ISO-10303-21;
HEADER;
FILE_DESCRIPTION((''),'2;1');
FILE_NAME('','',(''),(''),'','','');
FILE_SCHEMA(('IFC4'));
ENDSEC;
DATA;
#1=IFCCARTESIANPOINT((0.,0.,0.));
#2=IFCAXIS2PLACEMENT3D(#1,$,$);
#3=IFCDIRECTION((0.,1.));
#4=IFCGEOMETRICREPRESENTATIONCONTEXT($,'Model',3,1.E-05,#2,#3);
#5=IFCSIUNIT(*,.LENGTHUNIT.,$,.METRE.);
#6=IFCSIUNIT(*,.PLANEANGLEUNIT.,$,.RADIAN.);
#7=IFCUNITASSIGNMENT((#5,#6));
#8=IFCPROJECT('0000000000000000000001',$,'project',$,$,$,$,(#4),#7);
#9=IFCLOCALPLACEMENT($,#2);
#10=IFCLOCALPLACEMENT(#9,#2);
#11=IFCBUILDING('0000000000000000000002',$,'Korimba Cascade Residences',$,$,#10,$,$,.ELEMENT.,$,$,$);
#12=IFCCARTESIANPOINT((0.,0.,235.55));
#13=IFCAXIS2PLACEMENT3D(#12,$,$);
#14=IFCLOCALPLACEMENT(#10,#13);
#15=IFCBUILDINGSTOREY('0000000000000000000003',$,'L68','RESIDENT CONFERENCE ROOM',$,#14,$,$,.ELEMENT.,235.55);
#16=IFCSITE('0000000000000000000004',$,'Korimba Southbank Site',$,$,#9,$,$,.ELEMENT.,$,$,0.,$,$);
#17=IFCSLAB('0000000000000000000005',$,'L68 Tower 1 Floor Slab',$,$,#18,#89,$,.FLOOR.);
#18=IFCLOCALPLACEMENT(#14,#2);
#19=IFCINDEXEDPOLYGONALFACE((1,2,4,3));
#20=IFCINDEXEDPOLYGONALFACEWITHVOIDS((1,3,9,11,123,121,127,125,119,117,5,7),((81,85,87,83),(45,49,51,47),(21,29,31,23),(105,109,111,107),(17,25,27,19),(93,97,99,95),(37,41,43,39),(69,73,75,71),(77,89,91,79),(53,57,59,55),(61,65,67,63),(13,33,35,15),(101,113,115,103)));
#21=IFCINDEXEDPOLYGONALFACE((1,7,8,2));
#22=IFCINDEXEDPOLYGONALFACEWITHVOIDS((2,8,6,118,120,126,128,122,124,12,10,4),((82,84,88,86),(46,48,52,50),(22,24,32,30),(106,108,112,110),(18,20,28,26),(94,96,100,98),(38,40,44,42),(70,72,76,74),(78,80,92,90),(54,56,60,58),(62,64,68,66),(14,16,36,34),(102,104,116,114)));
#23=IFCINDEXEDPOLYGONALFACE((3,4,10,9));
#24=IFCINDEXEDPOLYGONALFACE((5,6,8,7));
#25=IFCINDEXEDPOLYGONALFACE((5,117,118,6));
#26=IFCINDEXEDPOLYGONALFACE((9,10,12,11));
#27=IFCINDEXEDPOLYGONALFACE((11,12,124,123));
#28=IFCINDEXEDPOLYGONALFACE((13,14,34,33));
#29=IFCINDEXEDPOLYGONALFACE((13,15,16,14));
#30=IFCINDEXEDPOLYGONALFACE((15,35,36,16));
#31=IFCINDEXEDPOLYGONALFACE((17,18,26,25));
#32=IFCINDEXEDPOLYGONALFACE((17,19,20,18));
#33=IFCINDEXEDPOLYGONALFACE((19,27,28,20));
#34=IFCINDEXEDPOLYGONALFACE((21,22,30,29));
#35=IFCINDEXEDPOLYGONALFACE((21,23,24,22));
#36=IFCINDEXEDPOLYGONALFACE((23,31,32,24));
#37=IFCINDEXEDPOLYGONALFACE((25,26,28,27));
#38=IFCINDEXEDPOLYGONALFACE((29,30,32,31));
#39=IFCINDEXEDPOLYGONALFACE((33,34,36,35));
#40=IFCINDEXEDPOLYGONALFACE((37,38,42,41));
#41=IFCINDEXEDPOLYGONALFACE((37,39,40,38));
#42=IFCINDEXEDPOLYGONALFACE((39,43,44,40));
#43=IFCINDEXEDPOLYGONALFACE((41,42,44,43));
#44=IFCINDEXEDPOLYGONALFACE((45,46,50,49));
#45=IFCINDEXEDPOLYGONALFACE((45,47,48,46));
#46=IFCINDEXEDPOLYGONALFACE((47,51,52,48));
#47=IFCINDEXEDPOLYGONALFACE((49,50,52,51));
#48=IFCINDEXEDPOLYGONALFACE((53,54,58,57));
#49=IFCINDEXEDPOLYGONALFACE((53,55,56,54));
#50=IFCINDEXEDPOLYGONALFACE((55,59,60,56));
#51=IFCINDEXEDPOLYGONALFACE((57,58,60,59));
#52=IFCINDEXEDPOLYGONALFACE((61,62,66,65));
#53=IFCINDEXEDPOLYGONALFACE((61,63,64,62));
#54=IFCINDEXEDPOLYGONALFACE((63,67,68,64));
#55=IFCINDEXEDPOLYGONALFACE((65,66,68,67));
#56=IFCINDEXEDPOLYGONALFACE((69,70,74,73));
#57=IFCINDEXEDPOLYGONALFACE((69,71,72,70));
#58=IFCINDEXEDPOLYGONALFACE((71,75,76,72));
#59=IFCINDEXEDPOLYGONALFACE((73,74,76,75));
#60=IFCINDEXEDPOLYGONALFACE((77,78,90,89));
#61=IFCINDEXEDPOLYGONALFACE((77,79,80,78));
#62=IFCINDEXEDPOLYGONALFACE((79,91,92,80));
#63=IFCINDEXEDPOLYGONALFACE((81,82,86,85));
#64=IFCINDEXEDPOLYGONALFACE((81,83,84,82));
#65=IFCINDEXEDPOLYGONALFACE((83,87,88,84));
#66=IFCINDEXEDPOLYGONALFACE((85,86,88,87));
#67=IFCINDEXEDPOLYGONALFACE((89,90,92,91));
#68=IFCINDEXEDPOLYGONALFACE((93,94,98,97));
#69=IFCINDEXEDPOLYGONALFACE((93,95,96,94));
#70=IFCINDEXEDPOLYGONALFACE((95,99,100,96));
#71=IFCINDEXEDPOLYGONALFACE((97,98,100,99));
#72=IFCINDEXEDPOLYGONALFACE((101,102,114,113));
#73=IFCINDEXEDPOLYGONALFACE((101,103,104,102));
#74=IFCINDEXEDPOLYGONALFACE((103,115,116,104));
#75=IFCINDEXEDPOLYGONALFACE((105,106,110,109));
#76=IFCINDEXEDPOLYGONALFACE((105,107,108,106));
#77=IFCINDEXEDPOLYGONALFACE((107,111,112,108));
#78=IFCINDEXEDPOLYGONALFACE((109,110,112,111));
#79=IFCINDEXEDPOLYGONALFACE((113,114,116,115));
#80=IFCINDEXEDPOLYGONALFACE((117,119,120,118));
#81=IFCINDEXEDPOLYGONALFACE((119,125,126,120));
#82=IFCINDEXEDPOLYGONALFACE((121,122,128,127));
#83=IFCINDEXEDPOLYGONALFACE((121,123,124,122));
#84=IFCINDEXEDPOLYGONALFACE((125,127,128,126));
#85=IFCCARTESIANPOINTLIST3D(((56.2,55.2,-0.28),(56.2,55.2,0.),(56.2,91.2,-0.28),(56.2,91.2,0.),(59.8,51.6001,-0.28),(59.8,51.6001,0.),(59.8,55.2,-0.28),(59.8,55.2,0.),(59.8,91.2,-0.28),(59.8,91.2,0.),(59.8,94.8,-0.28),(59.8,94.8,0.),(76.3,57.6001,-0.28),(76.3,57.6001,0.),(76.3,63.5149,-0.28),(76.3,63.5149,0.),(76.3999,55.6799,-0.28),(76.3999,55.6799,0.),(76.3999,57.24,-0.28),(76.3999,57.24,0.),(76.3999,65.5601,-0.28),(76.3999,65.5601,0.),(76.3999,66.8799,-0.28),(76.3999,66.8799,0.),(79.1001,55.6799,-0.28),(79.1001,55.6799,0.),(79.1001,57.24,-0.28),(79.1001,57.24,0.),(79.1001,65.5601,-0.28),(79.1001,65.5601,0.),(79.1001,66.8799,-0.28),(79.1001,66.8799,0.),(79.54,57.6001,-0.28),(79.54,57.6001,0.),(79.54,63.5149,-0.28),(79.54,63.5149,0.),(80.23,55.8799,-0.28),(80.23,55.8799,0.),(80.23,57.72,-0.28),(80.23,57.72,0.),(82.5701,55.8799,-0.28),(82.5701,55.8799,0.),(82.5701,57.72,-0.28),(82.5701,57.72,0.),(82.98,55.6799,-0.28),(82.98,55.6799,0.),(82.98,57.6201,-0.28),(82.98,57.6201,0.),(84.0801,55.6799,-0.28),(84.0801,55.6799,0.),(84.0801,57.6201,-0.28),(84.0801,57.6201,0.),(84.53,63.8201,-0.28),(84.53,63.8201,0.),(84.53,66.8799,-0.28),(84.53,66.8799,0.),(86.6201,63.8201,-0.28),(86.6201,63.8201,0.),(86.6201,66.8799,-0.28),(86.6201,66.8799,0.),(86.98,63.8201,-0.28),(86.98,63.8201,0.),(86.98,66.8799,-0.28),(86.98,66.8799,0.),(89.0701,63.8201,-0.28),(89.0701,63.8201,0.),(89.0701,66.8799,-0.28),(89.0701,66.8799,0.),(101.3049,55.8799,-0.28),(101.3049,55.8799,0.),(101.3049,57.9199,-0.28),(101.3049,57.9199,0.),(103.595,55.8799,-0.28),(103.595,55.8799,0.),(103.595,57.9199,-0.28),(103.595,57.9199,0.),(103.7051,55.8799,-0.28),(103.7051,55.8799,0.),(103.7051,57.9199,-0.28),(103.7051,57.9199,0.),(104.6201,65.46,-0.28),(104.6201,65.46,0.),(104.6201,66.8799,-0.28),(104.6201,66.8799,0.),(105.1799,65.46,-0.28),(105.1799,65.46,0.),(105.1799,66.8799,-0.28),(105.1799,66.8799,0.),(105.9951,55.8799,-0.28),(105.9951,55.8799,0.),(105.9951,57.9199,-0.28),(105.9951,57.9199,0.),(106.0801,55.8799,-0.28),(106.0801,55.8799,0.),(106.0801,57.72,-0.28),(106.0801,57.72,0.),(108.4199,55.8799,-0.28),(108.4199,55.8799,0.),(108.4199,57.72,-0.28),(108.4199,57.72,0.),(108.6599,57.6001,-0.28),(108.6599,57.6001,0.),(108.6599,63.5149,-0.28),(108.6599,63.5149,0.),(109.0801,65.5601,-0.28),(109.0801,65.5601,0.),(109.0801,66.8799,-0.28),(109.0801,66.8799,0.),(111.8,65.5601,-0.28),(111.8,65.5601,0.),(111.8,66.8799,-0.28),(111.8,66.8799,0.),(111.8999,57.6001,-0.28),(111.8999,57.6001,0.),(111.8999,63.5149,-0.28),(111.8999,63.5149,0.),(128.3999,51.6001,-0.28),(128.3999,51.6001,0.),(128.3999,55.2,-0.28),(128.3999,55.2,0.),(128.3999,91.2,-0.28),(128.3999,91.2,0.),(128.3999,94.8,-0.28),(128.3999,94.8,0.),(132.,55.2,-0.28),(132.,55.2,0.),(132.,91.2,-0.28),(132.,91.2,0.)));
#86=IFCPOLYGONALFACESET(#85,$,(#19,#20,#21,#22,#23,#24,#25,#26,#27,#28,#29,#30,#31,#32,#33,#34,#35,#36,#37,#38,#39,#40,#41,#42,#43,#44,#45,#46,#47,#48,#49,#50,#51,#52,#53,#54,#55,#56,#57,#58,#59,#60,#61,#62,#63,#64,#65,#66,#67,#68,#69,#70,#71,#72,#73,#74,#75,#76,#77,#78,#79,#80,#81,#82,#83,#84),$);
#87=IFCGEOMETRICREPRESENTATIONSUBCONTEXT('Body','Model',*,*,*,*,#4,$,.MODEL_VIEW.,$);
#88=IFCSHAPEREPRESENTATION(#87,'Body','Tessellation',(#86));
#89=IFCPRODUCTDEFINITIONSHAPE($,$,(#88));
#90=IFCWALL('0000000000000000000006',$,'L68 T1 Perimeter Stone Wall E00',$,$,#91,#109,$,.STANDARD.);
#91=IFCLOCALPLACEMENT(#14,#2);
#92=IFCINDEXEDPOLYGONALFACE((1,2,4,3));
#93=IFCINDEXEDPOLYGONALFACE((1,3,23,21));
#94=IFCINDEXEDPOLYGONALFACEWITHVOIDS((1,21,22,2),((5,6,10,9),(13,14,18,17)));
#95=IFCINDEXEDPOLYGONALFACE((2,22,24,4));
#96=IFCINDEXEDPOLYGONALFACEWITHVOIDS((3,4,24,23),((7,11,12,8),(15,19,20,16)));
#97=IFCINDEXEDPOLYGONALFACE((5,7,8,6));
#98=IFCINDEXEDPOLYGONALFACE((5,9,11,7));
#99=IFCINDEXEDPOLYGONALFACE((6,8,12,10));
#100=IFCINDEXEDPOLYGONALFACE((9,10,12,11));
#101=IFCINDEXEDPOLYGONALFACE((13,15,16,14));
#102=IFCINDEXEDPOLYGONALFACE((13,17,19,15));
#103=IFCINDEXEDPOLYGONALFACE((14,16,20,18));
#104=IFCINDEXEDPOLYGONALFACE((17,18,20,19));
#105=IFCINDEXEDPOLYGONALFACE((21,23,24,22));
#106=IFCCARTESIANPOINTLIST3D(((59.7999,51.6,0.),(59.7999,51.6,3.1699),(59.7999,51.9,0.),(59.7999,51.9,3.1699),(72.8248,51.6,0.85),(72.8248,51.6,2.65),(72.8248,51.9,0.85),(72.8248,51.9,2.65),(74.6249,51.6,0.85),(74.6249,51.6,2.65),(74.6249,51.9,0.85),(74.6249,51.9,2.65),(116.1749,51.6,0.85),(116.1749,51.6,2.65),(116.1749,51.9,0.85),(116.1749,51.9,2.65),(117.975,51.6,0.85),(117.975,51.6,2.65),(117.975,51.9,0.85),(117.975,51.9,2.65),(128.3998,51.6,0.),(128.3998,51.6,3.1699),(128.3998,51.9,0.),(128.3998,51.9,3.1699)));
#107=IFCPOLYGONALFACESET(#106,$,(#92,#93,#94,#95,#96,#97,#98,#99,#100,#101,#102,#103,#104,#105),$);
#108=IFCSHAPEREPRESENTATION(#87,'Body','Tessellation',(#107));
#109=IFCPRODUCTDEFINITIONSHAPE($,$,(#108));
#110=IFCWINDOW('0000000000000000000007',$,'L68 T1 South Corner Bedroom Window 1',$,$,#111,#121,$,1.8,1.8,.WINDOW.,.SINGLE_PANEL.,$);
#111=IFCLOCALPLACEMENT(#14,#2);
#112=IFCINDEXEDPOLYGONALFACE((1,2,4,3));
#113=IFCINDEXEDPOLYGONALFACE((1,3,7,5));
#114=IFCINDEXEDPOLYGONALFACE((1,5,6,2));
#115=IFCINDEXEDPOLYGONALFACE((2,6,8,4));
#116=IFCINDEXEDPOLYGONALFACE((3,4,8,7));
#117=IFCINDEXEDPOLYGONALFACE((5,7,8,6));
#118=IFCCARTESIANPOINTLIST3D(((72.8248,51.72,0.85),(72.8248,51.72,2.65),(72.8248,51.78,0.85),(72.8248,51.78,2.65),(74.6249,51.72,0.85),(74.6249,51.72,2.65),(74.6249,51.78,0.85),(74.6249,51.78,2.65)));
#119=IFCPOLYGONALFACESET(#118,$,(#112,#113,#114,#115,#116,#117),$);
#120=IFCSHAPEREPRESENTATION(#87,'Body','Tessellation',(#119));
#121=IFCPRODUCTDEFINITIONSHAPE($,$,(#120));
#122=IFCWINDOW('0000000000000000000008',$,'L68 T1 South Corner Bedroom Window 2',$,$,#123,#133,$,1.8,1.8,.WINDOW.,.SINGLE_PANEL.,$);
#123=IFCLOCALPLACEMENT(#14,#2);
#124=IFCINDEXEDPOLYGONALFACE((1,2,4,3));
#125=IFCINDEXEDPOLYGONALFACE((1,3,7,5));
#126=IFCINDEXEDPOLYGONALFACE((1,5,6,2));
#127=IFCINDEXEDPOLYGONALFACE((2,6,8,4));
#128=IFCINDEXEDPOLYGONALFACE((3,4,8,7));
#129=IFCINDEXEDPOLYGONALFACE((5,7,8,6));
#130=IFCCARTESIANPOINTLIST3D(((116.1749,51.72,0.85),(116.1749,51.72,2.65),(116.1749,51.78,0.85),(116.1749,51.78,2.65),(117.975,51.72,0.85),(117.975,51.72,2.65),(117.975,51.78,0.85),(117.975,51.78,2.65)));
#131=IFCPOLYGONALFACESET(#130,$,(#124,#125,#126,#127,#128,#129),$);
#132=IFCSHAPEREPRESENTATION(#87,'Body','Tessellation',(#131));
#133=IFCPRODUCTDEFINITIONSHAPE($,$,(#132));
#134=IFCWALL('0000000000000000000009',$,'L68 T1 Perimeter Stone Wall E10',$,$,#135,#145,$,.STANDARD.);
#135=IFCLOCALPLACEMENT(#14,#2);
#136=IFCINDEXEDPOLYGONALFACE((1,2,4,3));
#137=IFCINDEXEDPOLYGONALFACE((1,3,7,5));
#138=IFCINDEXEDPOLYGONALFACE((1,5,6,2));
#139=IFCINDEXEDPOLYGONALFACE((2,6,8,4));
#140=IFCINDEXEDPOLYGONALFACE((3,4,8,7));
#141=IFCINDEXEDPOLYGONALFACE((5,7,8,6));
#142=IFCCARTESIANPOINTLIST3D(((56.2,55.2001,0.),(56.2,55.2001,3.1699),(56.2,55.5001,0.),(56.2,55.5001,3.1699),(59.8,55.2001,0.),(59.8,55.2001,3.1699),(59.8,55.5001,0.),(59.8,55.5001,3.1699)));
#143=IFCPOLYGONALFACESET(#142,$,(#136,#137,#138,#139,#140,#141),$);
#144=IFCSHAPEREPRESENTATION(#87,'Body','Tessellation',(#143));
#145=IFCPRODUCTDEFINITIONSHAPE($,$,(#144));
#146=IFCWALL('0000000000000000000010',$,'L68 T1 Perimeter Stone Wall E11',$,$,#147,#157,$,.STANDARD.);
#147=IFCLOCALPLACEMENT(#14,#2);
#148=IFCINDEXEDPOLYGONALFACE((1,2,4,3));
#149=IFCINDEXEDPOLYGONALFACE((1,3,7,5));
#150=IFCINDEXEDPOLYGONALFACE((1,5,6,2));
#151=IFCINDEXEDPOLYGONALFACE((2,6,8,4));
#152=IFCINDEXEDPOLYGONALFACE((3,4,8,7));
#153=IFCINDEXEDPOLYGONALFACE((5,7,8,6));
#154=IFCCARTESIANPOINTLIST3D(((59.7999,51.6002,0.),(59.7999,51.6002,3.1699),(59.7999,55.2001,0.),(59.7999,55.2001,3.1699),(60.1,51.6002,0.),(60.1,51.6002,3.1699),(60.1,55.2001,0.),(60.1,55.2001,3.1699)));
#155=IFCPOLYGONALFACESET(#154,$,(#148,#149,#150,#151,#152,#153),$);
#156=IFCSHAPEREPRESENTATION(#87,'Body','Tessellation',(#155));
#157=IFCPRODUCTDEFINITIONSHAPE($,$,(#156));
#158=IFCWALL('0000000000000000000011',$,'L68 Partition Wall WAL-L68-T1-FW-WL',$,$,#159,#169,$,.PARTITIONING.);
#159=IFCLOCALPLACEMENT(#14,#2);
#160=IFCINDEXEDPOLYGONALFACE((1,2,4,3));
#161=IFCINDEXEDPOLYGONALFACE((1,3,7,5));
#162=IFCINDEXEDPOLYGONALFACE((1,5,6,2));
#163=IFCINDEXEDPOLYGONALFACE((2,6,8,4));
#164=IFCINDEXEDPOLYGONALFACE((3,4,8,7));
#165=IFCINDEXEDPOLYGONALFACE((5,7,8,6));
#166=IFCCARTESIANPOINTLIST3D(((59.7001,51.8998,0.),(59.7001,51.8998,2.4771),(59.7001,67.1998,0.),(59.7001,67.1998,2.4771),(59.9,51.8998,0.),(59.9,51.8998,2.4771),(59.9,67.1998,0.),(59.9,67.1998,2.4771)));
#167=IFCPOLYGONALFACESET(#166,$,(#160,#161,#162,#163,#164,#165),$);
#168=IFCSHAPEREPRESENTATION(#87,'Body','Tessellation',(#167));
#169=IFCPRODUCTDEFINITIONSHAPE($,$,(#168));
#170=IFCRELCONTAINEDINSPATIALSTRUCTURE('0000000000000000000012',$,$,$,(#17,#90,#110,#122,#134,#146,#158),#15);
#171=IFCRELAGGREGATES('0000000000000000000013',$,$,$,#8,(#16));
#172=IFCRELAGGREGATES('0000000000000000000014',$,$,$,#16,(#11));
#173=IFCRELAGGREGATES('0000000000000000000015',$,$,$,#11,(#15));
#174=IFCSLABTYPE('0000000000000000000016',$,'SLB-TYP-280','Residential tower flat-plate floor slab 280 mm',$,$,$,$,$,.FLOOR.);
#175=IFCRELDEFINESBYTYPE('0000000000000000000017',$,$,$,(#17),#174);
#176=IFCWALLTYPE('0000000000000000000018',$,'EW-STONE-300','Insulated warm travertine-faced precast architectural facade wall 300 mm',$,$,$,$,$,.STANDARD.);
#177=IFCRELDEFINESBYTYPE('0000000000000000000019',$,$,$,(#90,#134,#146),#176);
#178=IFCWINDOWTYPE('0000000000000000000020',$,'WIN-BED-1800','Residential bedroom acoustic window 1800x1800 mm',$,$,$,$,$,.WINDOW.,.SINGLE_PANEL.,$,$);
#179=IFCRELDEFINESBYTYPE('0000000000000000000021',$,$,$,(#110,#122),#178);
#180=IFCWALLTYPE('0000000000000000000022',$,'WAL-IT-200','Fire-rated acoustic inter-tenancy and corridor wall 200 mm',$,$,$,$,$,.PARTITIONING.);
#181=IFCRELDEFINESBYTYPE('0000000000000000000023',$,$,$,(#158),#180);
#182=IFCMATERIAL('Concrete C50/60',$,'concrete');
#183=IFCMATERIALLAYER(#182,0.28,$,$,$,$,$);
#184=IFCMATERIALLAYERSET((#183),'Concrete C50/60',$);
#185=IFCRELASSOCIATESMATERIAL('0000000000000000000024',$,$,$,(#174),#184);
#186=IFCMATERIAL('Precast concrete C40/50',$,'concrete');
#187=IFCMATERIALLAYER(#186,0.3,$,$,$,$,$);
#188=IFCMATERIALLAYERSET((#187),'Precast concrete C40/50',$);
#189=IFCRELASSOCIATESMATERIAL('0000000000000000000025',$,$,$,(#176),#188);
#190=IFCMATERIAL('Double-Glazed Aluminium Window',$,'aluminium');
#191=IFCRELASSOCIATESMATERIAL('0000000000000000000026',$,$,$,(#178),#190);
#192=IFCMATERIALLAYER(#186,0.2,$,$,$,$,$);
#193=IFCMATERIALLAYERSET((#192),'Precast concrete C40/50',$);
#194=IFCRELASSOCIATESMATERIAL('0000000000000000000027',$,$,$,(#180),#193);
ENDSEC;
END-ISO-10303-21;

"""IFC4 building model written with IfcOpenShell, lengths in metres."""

from ifc_helpers import new_model, si_unit, direction, frame, frame_2d, origin, place, context, subcontext, project, spatial, polyline, rectangle, outline, extrude, material, layer, layer_set, type_object, element, fill, save


model = new_model("IFC4")

# Units and contexts
model_context = context("Model", 3, precision=1e-05, world=origin(), true_north=direction((0.0, 1.0)))
body_context = subcontext(model_context, "Body", "Model", "MODEL_VIEW")
ifc_project = project(units=[si_unit("LENGTHUNIT", "METRE"), si_unit("PLANEANGLEUNIT", "RADIAN")], contexts=[model_context])

# Site, building, storey
site_placement = place(None, origin())
site = spatial("IfcSite", under=ifc_project, at=site_placement, Name="Korimba Southbank Site", CompositionType="ELEMENT", RefElevation=0.0)
building_placement = place(site_placement, origin())
building = spatial("IfcBuilding", under=site, at=building_placement, Name="Korimba Cascade Residences", CompositionType="ELEMENT")
storey_placement = place(building_placement, frame((0.0, 0.0, 235.55)))
storey = spatial("IfcBuildingStorey", under=building, at=storey_placement, Name="L68", Description="RESIDENT CONFERENCE ROOM", CompositionType="ELEMENT", Elevation=235.55)

# Shared definitions
ifc_material_1 = material(Name="Concrete C50/60", Category="concrete")

# Slab
ifc_material_2 = material(Name="Precast concrete C40/50", Category="concrete")
ifc_layer_1 = layer(ifc_material_1, 0.28)
ifc_layer_set_1 = layer_set([ifc_layer_1], Name="Concrete C50/60")
slab_type_1 = type_object("IfcSlabType", Name="SLB-TYP-280", Description="Residential tower flat-plate floor slab 280 mm", PredefinedType="FLOOR", material=ifc_layer_set_1)
slab_1_placement = place(storey_placement, frame((0.0, 0.0, -0.28)))
element("IfcSlab", 1, at=slab_1_placement, inside=storey, type_object=slab_type_1, Name="L68 Tower 1 Floor Slab", PredefinedType="FLOOR", context=body_context, shape_type="SweptSolid", body=[
    extrude(outline(polyline([(59.8, 51.6001), (128.3999, 51.6001), (128.3999, 55.2), (132.0, 55.2), (132.0, 91.2), (128.3999, 91.2), (128.3999, 94.8), (59.8, 94.8), (59.8, 91.2), (56.2, 91.2), (56.2, 55.2), (59.8, 55.2), (59.8, 51.6001)]), holes=[polyline([(76.3, 63.5149), (76.3, 57.6001), (79.54, 57.6001), (79.54, 63.5149), (76.3, 63.5149)]), polyline([(108.6599, 63.5149), (108.6599, 57.6001), (111.8999, 57.6001), (111.8999, 63.5149), (108.6599, 63.5149)]), polyline([(80.23, 55.8799), (82.5701, 55.8799), (82.5701, 57.72), (80.23, 57.72), (80.23, 55.8799)]), polyline([(106.0801, 55.8799), (108.4199, 55.8799), (108.4199, 57.72), (106.0801, 57.72), (106.0801, 55.8799)]), polyline([(101.3049, 55.8799), (103.595, 55.8799), (103.595, 57.9199), (101.3049, 57.9199), (101.3049, 55.8799)]), polyline([(103.7051, 55.8799), (105.9951, 55.8799), (105.9951, 57.9199), (103.7051, 57.9199), (103.7051, 55.8799)]), polyline([(82.98, 55.6799), (84.0801, 55.6799), (84.0801, 57.6201), (82.98, 57.6201), (82.98, 55.6799)]), polyline([(76.3999, 65.5601), (79.1001, 65.5601), (79.1001, 66.8799), (76.3999, 66.8799), (76.3999, 65.5601)]), polyline([(76.3999, 55.6799), (79.1001, 55.6799), (79.1001, 57.24), (76.3999, 57.24), (76.3999, 55.6799)]), polyline([(84.53, 63.8201), (86.6201, 63.8201), (86.6201, 66.8799), (84.53, 66.8799), (84.53, 63.8201)]), polyline([(86.98, 63.8201), (89.0701, 63.8201), (89.0701, 66.8799), (86.98, 66.8799), (86.98, 63.8201)]), polyline([(104.6201, 65.46), (105.1799, 65.46), (105.1799, 66.8799), (104.6201, 66.8799), (104.6201, 65.46)]), polyline([(109.0801, 65.5601), (111.8, 65.5601), (111.8, 66.8799), (109.0801, 66.8799), (109.0801, 65.5601)])]), origin(), (0.0, 0.0, 1.0), 0.28),
])

# Wall, openings, windows
ifc_layer_2 = layer(ifc_material_2, 0.3)
ifc_layer_set_2 = layer_set([ifc_layer_2], Name="Precast concrete C40/50")
wall_type_1 = type_object("IfcWallType", Name="EW-STONE-300", Description="Insulated warm travertine-faced precast architectural facade wall 300 mm", PredefinedType="STANDARD", material=ifc_layer_set_2)
wall_1_placement = place(storey_placement, frame((59.8, 51.75, 0.0), z_axis=(0.0, 0.0, 1.0), x_axis=(1.0, 0.0, 0.0)))
wall_1 = element("IfcWall", 2, at=wall_1_placement, inside=storey, type_object=wall_type_1, Name="L68 T1 Perimeter Stone Wall E00", PredefinedType="STANDARD", context=body_context, shape_type="SweptSolid", body=[
    extrude(rectangle(XDim=68.5999, YDim=0.3, at=frame_2d((34.2998, 0.0))), origin(), (0.0, 0.0, 1.0), 3.1699),
])
opening_1_placement = place(wall_1_placement, frame((13.0249, 0.0, 0.8501)))
opening_1 = element("IfcOpeningElement", 3, at=opening_1_placement, cuts=wall_1, PredefinedType="OPENING", context=body_context, shape_type="SweptSolid", body=[
    extrude(rectangle(XDim=1.8, YDim=1.8, at=frame_2d((0.8999, 0.8999))), frame((0.0, 0.1602, 0.0), z_axis=(0.0, -1.0, 0.0), x_axis=(1.0, 0.0, 0.0)), (0.0, 0.0, 1.0), 0.3201),
])
opening_2_placement = place(wall_1_placement, frame((56.375, 0.0, 0.8501)))
opening_2 = element("IfcOpeningElement", 4, at=opening_2_placement, cuts=wall_1, PredefinedType="OPENING", context=body_context, shape_type="SweptSolid", body=[
    extrude(rectangle(XDim=1.8, YDim=1.8, at=frame_2d((0.8999, 0.8999))), frame((0.0, 0.1602, 0.0), z_axis=(0.0, -1.0, 0.0), x_axis=(1.0, 0.0, 0.0)), (0.0, 0.0, 1.0), 0.3201),
])
ifc_material_3 = material(Name="Double-Glazed Aluminium Window", Category="aluminium")
window_type = type_object("IfcWindowType", Name="WIN-BED-1800", Description="Residential bedroom acoustic window 1800x1800 mm", PartitioningType="SINGLE_PANEL", PredefinedType="WINDOW", material=ifc_material_3)
window_1_placement = place(opening_1_placement, origin())
window_1 = element("IfcWindow", 5, at=window_1_placement, inside=storey, type_object=window_type, Name="L68 T1 South Corner Bedroom Window 1", OverallHeight=1.8, OverallWidth=1.8, PartitioningType="SINGLE_PANEL", PredefinedType="WINDOW", context=body_context, shape_type="SweptSolid", body=[
    extrude(rectangle(XDim=1.8, YDim=1.8, at=frame_2d((0.8999, 0.8999))), frame((0.0, 0.03, 0.0), z_axis=(0.0, -1.0, 0.0), x_axis=(1.0, 0.0, 0.0)), (0.0, 0.0, 1.0), 0.0601),
])
fill(opening_1, window_1)
window_2_placement = place(opening_2_placement, origin())
window_2 = element("IfcWindow", 6, at=window_2_placement, inside=storey, type_object=window_type, Name="L68 T1 South Corner Bedroom Window 2", OverallHeight=1.8, OverallWidth=1.8, PartitioningType="SINGLE_PANEL", PredefinedType="WINDOW", context=body_context, shape_type="SweptSolid", body=[
    extrude(rectangle(XDim=1.8, YDim=1.8, at=frame_2d((0.8999, 0.8999))), frame((0.0, 0.03, 0.0), z_axis=(0.0, -1.0, 0.0), x_axis=(1.0, 0.0, 0.0)), (0.0, 0.0, 1.0), 0.0601),
])
fill(opening_2, window_2)

# Walls
wall_2_placement = place(storey_placement, frame((56.2, 55.3501, 0.0), z_axis=(0.0, 0.0, 1.0), x_axis=(1.0, 0.0, 0.0)))
element("IfcWall", 7, at=wall_2_placement, inside=storey, type_object=wall_type_1, Name="L68 T1 Perimeter Stone Wall E10", PredefinedType="STANDARD", context=body_context, shape_type="SweptSolid", body=[
    extrude(rectangle(XDim=3.6001, YDim=0.3, at=frame_2d((1.8, 0.0))), origin(), (0.0, 0.0, 1.0), 3.1699),
])
wall_3_placement = place(storey_placement, frame((59.95, 55.2, 0.0), z_axis=(0.0, 0.0, 1.0), x_axis=(0.0, -1.0, 0.0)))
element("IfcWall", 8, at=wall_3_placement, inside=storey, type_object=wall_type_1, Name="L68 T1 Perimeter Stone Wall E11", PredefinedType="STANDARD", context=body_context, shape_type="SweptSolid", body=[
    extrude(rectangle(XDim=3.5999, YDim=0.3, at=frame_2d((1.7998, 0.0))), origin(), (0.0, 0.0, 1.0), 3.1699),
])
ifc_layer_3 = layer(ifc_material_2, 0.2)
ifc_layer_set_3 = layer_set([ifc_layer_3], Name="Precast concrete C40/50")
wall_type_2 = type_object("IfcWallType", Name="WAL-IT-200", Description="Fire-rated acoustic inter-tenancy and corridor wall 200 mm", PredefinedType="PARTITIONING", material=ifc_layer_set_3)
wall_4_placement = place(storey_placement, frame((59.8, 51.8999, 0.0), z_axis=(0.0, 0.0, 1.0), x_axis=(0.0, 1.0, 0.0)))
element("IfcWall", 9, at=wall_4_placement, inside=storey, type_object=wall_type_2, Name="L68 Partition Wall WAL-L68-T1-FW-WL", PredefinedType="PARTITIONING", context=body_context, shape_type="SweptSolid", body=[
    extrude(rectangle(XDim=15.3, YDim=0.2, at=frame_2d((7.6499, 0.0))), origin(), (0.0, 0.0, 1.0), 2.4771),
])

save(model, "model.ifc")
